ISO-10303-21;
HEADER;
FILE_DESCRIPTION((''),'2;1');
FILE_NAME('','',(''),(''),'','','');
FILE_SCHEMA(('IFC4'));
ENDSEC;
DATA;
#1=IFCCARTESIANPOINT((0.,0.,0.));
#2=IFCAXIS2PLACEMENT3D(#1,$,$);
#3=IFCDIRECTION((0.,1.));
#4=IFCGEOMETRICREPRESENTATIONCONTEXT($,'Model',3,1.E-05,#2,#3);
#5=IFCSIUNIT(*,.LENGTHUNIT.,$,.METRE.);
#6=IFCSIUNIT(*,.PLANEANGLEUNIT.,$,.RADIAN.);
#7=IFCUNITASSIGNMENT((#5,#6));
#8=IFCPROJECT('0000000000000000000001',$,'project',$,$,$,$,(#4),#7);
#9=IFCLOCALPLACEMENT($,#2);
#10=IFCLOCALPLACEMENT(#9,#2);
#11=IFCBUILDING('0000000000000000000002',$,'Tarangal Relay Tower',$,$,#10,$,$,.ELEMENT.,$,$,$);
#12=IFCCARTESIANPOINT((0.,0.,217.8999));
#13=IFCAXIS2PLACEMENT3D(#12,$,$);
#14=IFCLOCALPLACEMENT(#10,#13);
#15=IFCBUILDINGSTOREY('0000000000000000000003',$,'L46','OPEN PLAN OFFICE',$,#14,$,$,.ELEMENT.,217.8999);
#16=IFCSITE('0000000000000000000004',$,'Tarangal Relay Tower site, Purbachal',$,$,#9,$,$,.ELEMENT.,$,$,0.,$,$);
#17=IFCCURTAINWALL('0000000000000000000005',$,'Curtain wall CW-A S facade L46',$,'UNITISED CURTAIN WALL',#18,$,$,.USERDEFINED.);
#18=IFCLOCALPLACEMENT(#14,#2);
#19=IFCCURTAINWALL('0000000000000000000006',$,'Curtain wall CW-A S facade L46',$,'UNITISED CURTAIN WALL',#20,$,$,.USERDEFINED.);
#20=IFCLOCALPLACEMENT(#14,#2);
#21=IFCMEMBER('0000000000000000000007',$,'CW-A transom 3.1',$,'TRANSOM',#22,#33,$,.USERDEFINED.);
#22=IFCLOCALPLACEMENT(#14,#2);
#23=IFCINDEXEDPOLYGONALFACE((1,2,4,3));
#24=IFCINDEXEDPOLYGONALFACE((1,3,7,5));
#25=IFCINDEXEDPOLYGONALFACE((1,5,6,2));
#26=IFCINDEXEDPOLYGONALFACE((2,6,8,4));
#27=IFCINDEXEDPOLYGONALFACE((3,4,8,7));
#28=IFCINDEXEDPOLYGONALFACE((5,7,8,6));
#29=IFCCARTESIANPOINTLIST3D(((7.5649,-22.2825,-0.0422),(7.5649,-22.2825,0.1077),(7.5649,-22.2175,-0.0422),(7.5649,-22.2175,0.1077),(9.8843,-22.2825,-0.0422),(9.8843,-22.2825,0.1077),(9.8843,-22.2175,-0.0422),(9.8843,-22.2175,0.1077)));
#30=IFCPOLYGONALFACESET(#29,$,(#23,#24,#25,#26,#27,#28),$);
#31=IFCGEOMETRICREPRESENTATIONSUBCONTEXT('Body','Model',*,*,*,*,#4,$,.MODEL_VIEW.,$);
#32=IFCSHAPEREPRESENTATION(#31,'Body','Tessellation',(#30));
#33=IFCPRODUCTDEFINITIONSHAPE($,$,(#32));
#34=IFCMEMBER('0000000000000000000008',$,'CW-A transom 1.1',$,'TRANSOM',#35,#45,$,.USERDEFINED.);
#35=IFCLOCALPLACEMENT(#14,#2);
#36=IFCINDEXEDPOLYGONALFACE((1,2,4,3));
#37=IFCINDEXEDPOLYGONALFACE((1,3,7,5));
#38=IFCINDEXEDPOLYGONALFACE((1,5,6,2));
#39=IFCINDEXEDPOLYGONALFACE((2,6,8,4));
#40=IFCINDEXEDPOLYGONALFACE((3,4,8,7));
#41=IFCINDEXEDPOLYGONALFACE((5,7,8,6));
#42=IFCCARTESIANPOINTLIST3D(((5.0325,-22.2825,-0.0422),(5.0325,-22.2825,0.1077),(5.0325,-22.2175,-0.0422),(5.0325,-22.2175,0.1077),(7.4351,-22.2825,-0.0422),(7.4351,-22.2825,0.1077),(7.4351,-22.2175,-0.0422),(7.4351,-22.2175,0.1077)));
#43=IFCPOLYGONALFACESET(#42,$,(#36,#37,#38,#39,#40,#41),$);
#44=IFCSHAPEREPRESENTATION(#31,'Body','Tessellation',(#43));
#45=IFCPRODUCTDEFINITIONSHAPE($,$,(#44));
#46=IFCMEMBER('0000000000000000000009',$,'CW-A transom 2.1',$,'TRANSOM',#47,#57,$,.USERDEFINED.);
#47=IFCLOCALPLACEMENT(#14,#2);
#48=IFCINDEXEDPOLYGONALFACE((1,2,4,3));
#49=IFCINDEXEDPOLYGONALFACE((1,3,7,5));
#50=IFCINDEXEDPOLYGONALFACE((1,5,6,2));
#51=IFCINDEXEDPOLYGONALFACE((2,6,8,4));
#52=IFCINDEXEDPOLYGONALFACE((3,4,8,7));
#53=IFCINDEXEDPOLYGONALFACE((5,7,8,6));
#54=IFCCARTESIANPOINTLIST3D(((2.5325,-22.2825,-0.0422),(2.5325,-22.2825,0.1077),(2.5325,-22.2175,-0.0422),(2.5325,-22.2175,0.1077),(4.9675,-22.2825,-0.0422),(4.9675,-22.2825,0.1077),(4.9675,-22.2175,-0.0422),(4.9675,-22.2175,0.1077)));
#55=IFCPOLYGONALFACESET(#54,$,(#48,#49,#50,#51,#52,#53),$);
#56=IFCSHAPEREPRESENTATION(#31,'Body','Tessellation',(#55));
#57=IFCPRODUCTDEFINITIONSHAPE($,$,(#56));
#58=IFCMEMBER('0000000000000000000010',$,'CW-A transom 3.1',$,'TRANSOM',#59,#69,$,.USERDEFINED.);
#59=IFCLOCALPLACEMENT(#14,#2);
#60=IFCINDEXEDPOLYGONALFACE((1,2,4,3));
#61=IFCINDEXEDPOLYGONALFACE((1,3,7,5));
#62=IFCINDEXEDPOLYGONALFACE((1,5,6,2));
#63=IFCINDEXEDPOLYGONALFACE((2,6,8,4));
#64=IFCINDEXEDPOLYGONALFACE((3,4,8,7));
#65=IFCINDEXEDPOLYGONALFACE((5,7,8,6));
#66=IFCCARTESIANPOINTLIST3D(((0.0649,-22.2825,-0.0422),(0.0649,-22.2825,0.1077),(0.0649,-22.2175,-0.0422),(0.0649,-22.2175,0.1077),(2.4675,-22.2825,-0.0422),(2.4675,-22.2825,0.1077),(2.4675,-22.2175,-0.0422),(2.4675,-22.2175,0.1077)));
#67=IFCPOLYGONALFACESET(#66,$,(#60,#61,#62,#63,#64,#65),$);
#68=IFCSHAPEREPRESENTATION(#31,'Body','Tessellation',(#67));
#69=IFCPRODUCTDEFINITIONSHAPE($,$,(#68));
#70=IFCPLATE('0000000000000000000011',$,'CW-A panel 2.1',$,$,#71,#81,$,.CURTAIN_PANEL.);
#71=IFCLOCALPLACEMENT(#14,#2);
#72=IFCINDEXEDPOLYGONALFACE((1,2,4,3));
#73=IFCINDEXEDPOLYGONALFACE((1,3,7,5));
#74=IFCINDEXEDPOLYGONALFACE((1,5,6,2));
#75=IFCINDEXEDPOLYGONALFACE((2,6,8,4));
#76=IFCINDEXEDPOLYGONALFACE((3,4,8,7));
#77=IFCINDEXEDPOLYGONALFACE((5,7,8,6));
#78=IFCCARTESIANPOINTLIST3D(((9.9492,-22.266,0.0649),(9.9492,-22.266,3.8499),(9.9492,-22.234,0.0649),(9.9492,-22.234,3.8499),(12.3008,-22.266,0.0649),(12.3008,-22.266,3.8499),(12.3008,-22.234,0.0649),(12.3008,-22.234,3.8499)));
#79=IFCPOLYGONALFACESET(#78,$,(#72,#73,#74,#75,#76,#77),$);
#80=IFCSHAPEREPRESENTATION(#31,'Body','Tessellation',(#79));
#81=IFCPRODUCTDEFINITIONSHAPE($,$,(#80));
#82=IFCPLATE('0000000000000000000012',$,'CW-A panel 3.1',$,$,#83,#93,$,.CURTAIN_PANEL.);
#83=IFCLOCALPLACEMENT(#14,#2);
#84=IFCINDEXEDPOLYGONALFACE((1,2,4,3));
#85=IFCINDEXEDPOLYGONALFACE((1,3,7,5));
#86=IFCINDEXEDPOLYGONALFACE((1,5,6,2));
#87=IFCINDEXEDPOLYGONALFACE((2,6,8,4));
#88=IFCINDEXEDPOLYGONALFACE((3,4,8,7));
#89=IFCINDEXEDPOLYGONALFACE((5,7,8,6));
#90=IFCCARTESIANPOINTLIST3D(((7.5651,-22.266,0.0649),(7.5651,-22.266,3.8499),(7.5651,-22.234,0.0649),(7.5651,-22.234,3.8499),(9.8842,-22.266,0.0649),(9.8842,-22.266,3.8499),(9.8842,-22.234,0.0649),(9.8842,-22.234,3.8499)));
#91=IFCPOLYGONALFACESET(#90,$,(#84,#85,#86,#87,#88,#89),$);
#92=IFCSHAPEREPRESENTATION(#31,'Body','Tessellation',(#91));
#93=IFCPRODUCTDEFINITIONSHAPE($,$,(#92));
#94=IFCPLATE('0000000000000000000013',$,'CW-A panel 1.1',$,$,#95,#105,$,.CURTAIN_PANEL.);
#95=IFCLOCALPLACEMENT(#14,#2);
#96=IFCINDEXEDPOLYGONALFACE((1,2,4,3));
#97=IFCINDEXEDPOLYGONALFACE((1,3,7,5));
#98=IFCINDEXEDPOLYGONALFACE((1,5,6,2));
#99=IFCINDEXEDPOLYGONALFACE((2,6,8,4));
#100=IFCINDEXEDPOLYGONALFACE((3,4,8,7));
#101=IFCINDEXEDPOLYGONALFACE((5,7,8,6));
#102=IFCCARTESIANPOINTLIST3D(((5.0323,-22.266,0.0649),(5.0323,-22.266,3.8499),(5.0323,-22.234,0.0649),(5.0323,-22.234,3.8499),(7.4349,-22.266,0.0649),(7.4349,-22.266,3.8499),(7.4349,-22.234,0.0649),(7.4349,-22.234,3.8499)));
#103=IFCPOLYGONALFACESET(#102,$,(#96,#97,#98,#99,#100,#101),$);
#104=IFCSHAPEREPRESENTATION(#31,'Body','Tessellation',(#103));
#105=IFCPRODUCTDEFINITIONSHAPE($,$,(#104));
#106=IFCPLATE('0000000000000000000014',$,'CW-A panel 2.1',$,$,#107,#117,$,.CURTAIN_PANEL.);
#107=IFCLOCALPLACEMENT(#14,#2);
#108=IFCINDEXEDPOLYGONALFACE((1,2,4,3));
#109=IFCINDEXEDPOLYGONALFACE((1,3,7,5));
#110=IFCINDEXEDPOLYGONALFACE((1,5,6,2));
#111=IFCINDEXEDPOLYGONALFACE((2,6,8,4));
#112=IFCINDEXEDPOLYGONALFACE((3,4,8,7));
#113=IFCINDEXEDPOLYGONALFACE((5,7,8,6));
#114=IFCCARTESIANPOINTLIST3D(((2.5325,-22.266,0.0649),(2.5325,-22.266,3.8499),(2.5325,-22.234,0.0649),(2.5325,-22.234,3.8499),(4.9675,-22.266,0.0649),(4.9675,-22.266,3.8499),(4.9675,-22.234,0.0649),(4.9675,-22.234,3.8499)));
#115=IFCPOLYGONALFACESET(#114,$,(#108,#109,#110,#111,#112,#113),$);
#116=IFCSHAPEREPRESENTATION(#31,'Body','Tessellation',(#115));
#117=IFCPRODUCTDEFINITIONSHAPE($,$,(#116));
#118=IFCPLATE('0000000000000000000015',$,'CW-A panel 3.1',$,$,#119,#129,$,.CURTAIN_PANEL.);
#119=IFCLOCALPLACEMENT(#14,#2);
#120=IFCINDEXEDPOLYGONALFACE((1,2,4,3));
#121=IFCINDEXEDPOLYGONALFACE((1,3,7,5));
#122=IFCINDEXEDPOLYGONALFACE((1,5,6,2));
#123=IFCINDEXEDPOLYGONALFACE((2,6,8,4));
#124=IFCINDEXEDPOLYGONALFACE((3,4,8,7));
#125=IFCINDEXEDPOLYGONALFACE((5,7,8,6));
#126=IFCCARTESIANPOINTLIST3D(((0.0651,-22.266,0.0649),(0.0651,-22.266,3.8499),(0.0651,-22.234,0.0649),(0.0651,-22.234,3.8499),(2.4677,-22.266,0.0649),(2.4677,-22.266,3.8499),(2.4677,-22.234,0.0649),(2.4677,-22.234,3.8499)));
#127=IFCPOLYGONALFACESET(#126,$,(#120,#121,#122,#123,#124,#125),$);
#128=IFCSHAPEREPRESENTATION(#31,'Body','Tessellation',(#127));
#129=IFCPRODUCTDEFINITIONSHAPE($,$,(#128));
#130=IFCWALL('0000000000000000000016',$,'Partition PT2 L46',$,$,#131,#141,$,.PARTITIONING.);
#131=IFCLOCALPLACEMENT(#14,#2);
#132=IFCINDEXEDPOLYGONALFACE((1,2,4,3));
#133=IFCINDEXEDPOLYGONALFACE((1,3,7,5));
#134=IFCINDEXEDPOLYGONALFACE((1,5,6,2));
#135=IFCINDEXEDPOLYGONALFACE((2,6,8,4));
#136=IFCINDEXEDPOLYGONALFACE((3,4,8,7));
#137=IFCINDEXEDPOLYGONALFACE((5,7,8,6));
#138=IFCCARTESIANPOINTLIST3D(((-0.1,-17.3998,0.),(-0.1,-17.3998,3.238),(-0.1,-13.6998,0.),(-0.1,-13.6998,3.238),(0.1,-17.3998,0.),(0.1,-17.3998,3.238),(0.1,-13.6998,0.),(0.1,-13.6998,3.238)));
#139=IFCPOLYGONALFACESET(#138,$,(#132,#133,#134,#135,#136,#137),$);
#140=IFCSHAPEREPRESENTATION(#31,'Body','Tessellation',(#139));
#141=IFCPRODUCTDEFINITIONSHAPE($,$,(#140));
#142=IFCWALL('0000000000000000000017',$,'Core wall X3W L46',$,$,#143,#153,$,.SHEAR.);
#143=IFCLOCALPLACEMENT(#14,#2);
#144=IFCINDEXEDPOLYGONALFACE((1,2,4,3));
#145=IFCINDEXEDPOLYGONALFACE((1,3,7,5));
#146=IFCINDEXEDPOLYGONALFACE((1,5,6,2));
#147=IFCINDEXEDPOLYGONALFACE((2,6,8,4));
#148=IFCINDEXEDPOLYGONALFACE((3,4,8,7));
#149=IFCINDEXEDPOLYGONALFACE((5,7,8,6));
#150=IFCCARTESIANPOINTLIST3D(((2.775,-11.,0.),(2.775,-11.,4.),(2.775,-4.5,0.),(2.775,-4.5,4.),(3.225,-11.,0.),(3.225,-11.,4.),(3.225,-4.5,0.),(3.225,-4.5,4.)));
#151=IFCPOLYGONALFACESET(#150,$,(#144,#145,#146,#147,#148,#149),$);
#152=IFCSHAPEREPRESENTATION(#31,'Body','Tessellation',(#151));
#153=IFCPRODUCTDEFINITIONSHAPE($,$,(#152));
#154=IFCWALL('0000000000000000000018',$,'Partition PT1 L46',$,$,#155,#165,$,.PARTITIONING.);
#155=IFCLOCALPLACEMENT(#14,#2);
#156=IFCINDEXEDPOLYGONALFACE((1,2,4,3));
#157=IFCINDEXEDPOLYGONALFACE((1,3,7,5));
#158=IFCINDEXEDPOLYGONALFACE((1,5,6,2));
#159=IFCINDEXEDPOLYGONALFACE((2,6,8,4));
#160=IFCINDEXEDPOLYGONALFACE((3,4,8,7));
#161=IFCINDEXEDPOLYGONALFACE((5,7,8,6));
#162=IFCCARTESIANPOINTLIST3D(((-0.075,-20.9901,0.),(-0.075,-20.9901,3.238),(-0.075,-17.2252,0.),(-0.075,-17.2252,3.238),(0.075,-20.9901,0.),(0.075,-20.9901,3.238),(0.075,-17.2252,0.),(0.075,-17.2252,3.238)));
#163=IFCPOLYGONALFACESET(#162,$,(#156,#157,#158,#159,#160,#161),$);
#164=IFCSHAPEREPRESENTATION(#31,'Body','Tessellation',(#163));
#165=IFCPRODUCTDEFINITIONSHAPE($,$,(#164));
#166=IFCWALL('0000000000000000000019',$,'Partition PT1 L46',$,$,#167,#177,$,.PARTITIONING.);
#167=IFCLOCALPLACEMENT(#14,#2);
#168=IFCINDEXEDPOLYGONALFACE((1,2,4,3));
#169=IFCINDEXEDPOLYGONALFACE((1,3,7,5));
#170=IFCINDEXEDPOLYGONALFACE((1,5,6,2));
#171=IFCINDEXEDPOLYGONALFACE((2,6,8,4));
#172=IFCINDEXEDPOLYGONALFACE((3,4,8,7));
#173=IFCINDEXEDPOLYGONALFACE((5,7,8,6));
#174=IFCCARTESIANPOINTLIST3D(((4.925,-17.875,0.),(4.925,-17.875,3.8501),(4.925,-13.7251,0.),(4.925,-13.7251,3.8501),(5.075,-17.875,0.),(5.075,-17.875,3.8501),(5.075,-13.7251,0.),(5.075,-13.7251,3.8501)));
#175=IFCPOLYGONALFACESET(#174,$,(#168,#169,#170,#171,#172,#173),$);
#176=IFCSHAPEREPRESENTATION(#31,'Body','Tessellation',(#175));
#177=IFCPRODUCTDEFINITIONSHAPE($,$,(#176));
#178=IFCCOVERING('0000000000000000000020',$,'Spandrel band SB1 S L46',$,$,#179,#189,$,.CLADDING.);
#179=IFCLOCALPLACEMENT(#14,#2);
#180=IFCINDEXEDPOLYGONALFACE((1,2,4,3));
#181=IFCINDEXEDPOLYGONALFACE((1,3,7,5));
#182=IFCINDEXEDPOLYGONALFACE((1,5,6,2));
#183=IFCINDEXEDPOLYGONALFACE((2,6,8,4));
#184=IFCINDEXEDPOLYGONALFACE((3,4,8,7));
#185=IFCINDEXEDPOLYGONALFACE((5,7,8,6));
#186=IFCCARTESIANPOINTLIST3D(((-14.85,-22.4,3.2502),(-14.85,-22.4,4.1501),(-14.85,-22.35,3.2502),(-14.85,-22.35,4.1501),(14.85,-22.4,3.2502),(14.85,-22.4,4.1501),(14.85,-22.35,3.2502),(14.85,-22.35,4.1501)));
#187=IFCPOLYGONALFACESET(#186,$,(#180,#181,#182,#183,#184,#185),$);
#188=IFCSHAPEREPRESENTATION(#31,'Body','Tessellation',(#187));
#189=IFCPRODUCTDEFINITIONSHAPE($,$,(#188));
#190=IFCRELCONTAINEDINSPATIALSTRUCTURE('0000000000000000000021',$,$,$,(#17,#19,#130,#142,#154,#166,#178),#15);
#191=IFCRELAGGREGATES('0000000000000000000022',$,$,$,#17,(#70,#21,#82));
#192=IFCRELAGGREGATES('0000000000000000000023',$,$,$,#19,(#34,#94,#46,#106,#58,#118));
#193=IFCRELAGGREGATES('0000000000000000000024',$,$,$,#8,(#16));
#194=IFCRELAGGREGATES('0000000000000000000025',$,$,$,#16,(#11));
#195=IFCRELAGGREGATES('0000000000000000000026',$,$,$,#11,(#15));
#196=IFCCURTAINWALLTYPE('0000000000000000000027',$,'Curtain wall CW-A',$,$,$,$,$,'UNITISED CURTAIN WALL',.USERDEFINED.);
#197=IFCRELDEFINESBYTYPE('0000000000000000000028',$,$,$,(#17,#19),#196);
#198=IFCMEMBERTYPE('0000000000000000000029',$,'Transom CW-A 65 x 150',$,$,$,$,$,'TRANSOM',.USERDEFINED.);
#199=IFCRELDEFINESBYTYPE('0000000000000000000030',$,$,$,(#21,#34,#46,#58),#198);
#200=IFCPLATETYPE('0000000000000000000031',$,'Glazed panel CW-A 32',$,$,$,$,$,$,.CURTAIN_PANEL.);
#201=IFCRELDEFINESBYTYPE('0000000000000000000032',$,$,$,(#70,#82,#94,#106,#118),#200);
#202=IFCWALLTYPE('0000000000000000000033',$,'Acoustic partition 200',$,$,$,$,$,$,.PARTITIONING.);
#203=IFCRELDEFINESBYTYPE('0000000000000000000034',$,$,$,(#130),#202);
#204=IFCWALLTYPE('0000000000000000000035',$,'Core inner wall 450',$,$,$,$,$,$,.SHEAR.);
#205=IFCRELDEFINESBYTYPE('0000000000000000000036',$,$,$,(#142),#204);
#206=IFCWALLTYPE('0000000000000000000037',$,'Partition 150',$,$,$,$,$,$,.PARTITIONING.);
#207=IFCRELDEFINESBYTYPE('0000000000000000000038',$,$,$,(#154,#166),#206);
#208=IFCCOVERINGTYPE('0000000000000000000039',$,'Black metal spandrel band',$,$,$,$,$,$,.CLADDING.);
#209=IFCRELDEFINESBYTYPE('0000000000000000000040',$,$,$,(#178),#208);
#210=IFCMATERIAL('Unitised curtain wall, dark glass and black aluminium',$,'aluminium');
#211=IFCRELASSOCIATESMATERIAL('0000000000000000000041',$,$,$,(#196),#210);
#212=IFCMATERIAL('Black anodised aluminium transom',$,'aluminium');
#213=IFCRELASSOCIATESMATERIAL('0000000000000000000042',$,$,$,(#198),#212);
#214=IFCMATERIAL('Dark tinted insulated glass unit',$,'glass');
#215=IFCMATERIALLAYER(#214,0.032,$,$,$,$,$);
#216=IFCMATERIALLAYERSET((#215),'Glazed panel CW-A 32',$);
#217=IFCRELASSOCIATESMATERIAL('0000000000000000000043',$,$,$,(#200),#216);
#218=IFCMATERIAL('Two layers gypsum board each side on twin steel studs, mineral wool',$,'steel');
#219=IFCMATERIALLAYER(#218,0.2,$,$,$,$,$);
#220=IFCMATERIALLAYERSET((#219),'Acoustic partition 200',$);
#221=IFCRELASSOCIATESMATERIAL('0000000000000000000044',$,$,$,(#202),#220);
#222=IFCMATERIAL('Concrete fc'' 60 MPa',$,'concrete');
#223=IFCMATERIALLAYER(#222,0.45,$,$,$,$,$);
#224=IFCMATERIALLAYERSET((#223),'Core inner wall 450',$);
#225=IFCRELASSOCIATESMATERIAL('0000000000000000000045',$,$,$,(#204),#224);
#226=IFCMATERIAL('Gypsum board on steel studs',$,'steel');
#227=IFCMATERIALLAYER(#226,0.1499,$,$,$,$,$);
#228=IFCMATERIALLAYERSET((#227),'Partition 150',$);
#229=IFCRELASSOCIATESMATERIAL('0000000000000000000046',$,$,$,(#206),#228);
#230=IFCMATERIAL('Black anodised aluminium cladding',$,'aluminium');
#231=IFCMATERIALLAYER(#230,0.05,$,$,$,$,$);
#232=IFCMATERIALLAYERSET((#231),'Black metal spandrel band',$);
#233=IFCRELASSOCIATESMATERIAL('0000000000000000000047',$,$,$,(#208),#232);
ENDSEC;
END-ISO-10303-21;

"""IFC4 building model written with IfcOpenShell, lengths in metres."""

from ifc_helpers import new_model, si_unit, direction, frame, frame_2d, origin, origin_2d, place, context, subcontext, project, spatial, rectangle, extrude, material, layer, layer_set, material_profile, profile_set, type_object, element, aggregate, save


model = new_model("IFC4")

# Units and contexts
model_context = context("Model", 3, precision=1e-05, world=origin(), true_north=direction((0.0, 1.0)))
body_context = subcontext(model_context, "Body", "Model", "MODEL_VIEW")
ifc_project = project(units=[si_unit("LENGTHUNIT", "METRE"), si_unit("PLANEANGLEUNIT", "RADIAN")], contexts=[model_context])

# Site, building, storey
site_placement = place(None, origin())
site = spatial("IfcSite", under=ifc_project, at=site_placement, Name="Tarangal Relay Tower site, Purbachal", CompositionType="ELEMENT", RefElevation=0.0)
building_placement = place(site_placement, origin())
building = spatial("IfcBuilding", under=site, at=building_placement, Name="Tarangal Relay Tower", CompositionType="ELEMENT")
storey_placement = place(building_placement, frame((0.0, 0.0, 217.8999)))
storey = spatial("IfcBuildingStorey", under=building, at=storey_placement, Name="L46", Description="OPEN PLAN OFFICE", CompositionType="ELEMENT", Elevation=217.8999)

# Curtain walls
ifc_material_1 = material(Name="Unitised curtain wall, dark glass and black aluminium", Category="aluminium")
curtain_wall_type = type_object("IfcCurtainWallType", Name="Curtain wall CW-A", ElementType="UNITISED CURTAIN WALL", PredefinedType="USERDEFINED", material=ifc_material_1)
curtain_wall_1_placement = place(storey_placement, origin())
curtain_wall_1 = element("IfcCurtainWall", 1, at=curtain_wall_1_placement, inside=storey, type_object=curtain_wall_type, Name="Curtain wall CW-A S facade L46", ObjectType="UNITISED CURTAIN WALL", PredefinedType="USERDEFINED")
curtain_wall_2_placement = place(storey_placement, origin())
curtain_wall_2 = element("IfcCurtainWall", 2, at=curtain_wall_2_placement, inside=storey, type_object=curtain_wall_type, Name="Curtain wall CW-A S facade L46", ObjectType="UNITISED CURTAIN WALL", PredefinedType="USERDEFINED")

# Members
ifc_material_2 = material(Name="Black anodised aluminium transom", Category="aluminium")
ifc_material_profile_1 = material_profile(ifc_material_2, rectangle(XDim=0.0649, YDim=0.1499, at=origin_2d()), Name="CW-AT 65X150")
ifc_profile_set_1 = profile_set([ifc_material_profile_1], Name="Black anodised aluminium transom")
member_type_1 = type_object("IfcMemberType", Name="Transom CW-A 65 x 150", ElementType="TRANSOM", PredefinedType="USERDEFINED", material=ifc_profile_set_1)
member_1_placement = place(storey_placement, frame((9.8843, -22.25, 0.0327), z_axis=(-1.0, 0.0, 0.0), x_axis=(0.0, -1.0, 0.0)))
member_1 = element("IfcMember", 3, at=member_1_placement, type_object=member_type_1, Name="CW-A transom 3.1", ObjectType="TRANSOM", PredefinedType="USERDEFINED", context=body_context, shape_type="SweptSolid", body=[
    extrude(rectangle(XDim=0.0649, YDim=0.1499, at=origin_2d()), origin(), (0.0, 0.0, 1.0), 2.3193),
])
member_2_placement = place(storey_placement, frame((7.4351, -22.25, 0.0327), z_axis=(-1.0, 0.0, 0.0), x_axis=(0.0, -1.0, 0.0)))
member_2 = element("IfcMember", 4, at=member_2_placement, type_object=member_type_1, Name="CW-A transom 1.1", ObjectType="TRANSOM", PredefinedType="USERDEFINED", context=body_context, shape_type="SweptSolid", body=[
    extrude(rectangle(XDim=0.0649, YDim=0.1499, at=origin_2d()), origin(), (0.0, 0.0, 1.0), 2.4026),
])
member_3_placement = place(storey_placement, frame((4.9675, -22.25, 0.0327), z_axis=(-1.0, 0.0, 0.0), x_axis=(0.0, -1.0, 0.0)))
member_3 = element("IfcMember", 5, at=member_3_placement, type_object=member_type_1, Name="CW-A transom 2.1", ObjectType="TRANSOM", PredefinedType="USERDEFINED", context=body_context, shape_type="SweptSolid", body=[
    extrude(rectangle(XDim=0.0649, YDim=0.1499, at=origin_2d()), origin(), (0.0, 0.0, 1.0), 2.4351),
])
member_4_placement = place(storey_placement, frame((2.4675, -22.25, 0.0327), z_axis=(-1.0, 0.0, 0.0), x_axis=(0.0, -1.0, 0.0)))
member_4 = element("IfcMember", 6, at=member_4_placement, type_object=member_type_1, Name="CW-A transom 3.1", ObjectType="TRANSOM", PredefinedType="USERDEFINED", context=body_context, shape_type="SweptSolid", body=[
    extrude(rectangle(XDim=0.0649, YDim=0.1499, at=origin_2d()), origin(), (0.0, 0.0, 1.0), 2.4026),
])

# Plates
ifc_material_3 = material(Name="Dark tinted insulated glass unit", Category="glass")
ifc_layer_1 = layer(ifc_material_3, 0.032)
ifc_layer_set_1 = layer_set([ifc_layer_1], Name="Glazed panel CW-A 32")
plate_type = type_object("IfcPlateType", Name="Glazed panel CW-A 32", PredefinedType="CURTAIN_PANEL", material=ifc_layer_set_1)
plate_1_placement = place(storey_placement, frame((11.125, -22.25, 0.0649), z_axis=(0.0, 0.0, 1.0), x_axis=(-1.0, 0.0, 0.0)))
plate_1 = element("IfcPlate", 7, at=plate_1_placement, type_object=plate_type, Name="CW-A panel 2.1", PredefinedType="CURTAIN_PANEL", context=body_context, shape_type="SweptSolid", body=[
    extrude(rectangle(XDim=2.3516, YDim=0.032, at=origin_2d()), origin(), (0.0, 0.0, 1.0), 3.7849),
])
plate_2_placement = place(storey_placement, frame((8.7246, -22.25, 0.0649), z_axis=(0.0, 0.0, 1.0), x_axis=(-1.0, 0.0, 0.0)))
plate_2 = element("IfcPlate", 8, at=plate_2_placement, type_object=plate_type, Name="CW-A panel 3.1", PredefinedType="CURTAIN_PANEL", context=body_context, shape_type="SweptSolid", body=[
    extrude(rectangle(XDim=2.3191, YDim=0.032, at=origin_2d()), origin(), (0.0, 0.0, 1.0), 3.7849),
])
aggregate(curtain_wall_1, [plate_1, member_1, plate_2])
plate_3_placement = place(storey_placement, frame((6.2336, -22.25, 0.0649), z_axis=(0.0, 0.0, 1.0), x_axis=(-1.0, 0.0, 0.0)))
plate_3 = element("IfcPlate", 9, at=plate_3_placement, type_object=plate_type, Name="CW-A panel 1.1", PredefinedType="CURTAIN_PANEL", context=body_context, shape_type="SweptSolid", body=[
    extrude(rectangle(XDim=2.4026, YDim=0.032, at=origin_2d()), origin(), (0.0, 0.0, 1.0), 3.7849),
])
plate_4_placement = place(storey_placement, frame((3.75, -22.25, 0.0649), z_axis=(0.0, 0.0, 1.0), x_axis=(-1.0, 0.0, 0.0)))
plate_4 = element("IfcPlate", 10, at=plate_4_placement, type_object=plate_type, Name="CW-A panel 2.1", PredefinedType="CURTAIN_PANEL", context=body_context, shape_type="SweptSolid", body=[
    extrude(rectangle(XDim=2.4351, YDim=0.032, at=origin_2d()), origin(), (0.0, 0.0, 1.0), 3.7849),
])
plate_5_placement = place(storey_placement, frame((1.2664, -22.25, 0.0649), z_axis=(0.0, 0.0, 1.0), x_axis=(-1.0, 0.0, 0.0)))
plate_5 = element("IfcPlate", 11, at=plate_5_placement, type_object=plate_type, Name="CW-A panel 3.1", PredefinedType="CURTAIN_PANEL", context=body_context, shape_type="SweptSolid", body=[
    extrude(rectangle(XDim=2.4026, YDim=0.032, at=origin_2d()), origin(), (0.0, 0.0, 1.0), 3.7849),
])
aggregate(curtain_wall_2, [member_2, plate_3, member_3, plate_4, member_4, plate_5])

# Walls
ifc_material_4 = material(Name="Two layers gypsum board each side on twin steel studs, mineral wool", Category="steel")
ifc_layer_2 = layer(ifc_material_4, 0.2)
ifc_layer_set_2 = layer_set([ifc_layer_2], Name="Acoustic partition 200")
wall_type_1 = type_object("IfcWallType", Name="Acoustic partition 200", PredefinedType="PARTITIONING", material=ifc_layer_set_2)
wall_1_placement = place(storey_placement, frame((0.0, -17.3999, 0.0), z_axis=(0.0, 0.0, 1.0), x_axis=(0.0, 1.0, 0.0)))
element("IfcWall", 12, at=wall_1_placement, inside=storey, type_object=wall_type_1, Name="Partition PT2 L46", PredefinedType="PARTITIONING", context=body_context, shape_type="SweptSolid", body=[
    extrude(rectangle(XDim=3.7, YDim=0.2, at=frame_2d((1.8501, 0.0))), origin(), (0.0, 0.0, 1.0), 3.238),
])
ifc_material_5 = material(Name="Concrete fc' 60 MPa", Category="concrete")
ifc_layer_3 = layer(ifc_material_5, 0.45)
ifc_layer_set_3 = layer_set([ifc_layer_3], Name="Core inner wall 450")
wall_type_2 = type_object("IfcWallType", Name="Core inner wall 450", PredefinedType="SHEAR", material=ifc_layer_set_3)
wall_2_placement = place(storey_placement, frame((3.0, -11.0, 0.0), z_axis=(0.0, 0.0, 1.0), x_axis=(0.0, 1.0, 0.0)))
element("IfcWall", 13, at=wall_2_placement, inside=storey, type_object=wall_type_2, Name="Core wall X3W L46", PredefinedType="SHEAR", context=body_context, shape_type="SweptSolid", body=[
    extrude(rectangle(XDim=6.5, YDim=0.45, at=frame_2d((3.25, 0.0))), origin(), (0.0, 0.0, 1.0), 4.0),
])
ifc_material_6 = material(Name="Gypsum board on steel studs", Category="steel")
ifc_layer_4 = layer(ifc_material_6, 0.1499)
ifc_layer_set_4 = layer_set([ifc_layer_4], Name="Partition 150")
wall_type_3 = type_object("IfcWallType", Name="Partition 150", PredefinedType="PARTITIONING", material=ifc_layer_set_4)
wall_3_placement = place(storey_placement, frame((0.0, -20.99, 0.0), z_axis=(0.0, 0.0, 1.0), x_axis=(0.0, 1.0, 0.0)))
element("IfcWall", 14, at=wall_3_placement, inside=storey, type_object=wall_type_3, Name="Partition PT1 L46", PredefinedType="PARTITIONING", context=body_context, shape_type="SweptSolid", body=[
    extrude(rectangle(XDim=3.7649, YDim=0.1499, at=frame_2d((1.8823, 0.0))), origin(), (0.0, 0.0, 1.0), 3.238),
])
wall_4_placement = place(storey_placement, frame((5.0, -17.875, 0.0), z_axis=(0.0, 0.0, 1.0), x_axis=(0.0, 1.0, 0.0)))
element("IfcWall", 15, at=wall_4_placement, inside=storey, type_object=wall_type_3, Name="Partition PT1 L46", PredefinedType="PARTITIONING", context=body_context, shape_type="SweptSolid", body=[
    extrude(rectangle(XDim=4.1499, YDim=0.1499, at=frame_2d((2.075, 0.0))), origin(), (0.0, 0.0, 1.0), 3.8501),
])

# Covering
ifc_material_7 = material(Name="Black anodised aluminium cladding", Category="aluminium")
ifc_layer_5 = layer(ifc_material_7, 0.05)
ifc_layer_set_5 = layer_set([ifc_layer_5], Name="Black metal spandrel band")
covering_type = type_object("IfcCoveringType", Name="Black metal spandrel band", PredefinedType="CLADDING", material=ifc_layer_set_5)
covering_placement = place(storey_placement, frame((0.0, -22.375, 3.2502), z_axis=(0.0, 0.0, 1.0), x_axis=(-1.0, 0.0, 0.0)))
element("IfcCovering", 16, at=covering_placement, inside=storey, type_object=covering_type, Name="Spandrel band SB1 S L46", PredefinedType="CLADDING", context=body_context, shape_type="SweptSolid", body=[
    extrude(rectangle(XDim=29.7, YDim=0.05, at=origin_2d()), origin(), (0.0, 0.0, 1.0), 0.8999),
])

save(model, "model.ifc")
